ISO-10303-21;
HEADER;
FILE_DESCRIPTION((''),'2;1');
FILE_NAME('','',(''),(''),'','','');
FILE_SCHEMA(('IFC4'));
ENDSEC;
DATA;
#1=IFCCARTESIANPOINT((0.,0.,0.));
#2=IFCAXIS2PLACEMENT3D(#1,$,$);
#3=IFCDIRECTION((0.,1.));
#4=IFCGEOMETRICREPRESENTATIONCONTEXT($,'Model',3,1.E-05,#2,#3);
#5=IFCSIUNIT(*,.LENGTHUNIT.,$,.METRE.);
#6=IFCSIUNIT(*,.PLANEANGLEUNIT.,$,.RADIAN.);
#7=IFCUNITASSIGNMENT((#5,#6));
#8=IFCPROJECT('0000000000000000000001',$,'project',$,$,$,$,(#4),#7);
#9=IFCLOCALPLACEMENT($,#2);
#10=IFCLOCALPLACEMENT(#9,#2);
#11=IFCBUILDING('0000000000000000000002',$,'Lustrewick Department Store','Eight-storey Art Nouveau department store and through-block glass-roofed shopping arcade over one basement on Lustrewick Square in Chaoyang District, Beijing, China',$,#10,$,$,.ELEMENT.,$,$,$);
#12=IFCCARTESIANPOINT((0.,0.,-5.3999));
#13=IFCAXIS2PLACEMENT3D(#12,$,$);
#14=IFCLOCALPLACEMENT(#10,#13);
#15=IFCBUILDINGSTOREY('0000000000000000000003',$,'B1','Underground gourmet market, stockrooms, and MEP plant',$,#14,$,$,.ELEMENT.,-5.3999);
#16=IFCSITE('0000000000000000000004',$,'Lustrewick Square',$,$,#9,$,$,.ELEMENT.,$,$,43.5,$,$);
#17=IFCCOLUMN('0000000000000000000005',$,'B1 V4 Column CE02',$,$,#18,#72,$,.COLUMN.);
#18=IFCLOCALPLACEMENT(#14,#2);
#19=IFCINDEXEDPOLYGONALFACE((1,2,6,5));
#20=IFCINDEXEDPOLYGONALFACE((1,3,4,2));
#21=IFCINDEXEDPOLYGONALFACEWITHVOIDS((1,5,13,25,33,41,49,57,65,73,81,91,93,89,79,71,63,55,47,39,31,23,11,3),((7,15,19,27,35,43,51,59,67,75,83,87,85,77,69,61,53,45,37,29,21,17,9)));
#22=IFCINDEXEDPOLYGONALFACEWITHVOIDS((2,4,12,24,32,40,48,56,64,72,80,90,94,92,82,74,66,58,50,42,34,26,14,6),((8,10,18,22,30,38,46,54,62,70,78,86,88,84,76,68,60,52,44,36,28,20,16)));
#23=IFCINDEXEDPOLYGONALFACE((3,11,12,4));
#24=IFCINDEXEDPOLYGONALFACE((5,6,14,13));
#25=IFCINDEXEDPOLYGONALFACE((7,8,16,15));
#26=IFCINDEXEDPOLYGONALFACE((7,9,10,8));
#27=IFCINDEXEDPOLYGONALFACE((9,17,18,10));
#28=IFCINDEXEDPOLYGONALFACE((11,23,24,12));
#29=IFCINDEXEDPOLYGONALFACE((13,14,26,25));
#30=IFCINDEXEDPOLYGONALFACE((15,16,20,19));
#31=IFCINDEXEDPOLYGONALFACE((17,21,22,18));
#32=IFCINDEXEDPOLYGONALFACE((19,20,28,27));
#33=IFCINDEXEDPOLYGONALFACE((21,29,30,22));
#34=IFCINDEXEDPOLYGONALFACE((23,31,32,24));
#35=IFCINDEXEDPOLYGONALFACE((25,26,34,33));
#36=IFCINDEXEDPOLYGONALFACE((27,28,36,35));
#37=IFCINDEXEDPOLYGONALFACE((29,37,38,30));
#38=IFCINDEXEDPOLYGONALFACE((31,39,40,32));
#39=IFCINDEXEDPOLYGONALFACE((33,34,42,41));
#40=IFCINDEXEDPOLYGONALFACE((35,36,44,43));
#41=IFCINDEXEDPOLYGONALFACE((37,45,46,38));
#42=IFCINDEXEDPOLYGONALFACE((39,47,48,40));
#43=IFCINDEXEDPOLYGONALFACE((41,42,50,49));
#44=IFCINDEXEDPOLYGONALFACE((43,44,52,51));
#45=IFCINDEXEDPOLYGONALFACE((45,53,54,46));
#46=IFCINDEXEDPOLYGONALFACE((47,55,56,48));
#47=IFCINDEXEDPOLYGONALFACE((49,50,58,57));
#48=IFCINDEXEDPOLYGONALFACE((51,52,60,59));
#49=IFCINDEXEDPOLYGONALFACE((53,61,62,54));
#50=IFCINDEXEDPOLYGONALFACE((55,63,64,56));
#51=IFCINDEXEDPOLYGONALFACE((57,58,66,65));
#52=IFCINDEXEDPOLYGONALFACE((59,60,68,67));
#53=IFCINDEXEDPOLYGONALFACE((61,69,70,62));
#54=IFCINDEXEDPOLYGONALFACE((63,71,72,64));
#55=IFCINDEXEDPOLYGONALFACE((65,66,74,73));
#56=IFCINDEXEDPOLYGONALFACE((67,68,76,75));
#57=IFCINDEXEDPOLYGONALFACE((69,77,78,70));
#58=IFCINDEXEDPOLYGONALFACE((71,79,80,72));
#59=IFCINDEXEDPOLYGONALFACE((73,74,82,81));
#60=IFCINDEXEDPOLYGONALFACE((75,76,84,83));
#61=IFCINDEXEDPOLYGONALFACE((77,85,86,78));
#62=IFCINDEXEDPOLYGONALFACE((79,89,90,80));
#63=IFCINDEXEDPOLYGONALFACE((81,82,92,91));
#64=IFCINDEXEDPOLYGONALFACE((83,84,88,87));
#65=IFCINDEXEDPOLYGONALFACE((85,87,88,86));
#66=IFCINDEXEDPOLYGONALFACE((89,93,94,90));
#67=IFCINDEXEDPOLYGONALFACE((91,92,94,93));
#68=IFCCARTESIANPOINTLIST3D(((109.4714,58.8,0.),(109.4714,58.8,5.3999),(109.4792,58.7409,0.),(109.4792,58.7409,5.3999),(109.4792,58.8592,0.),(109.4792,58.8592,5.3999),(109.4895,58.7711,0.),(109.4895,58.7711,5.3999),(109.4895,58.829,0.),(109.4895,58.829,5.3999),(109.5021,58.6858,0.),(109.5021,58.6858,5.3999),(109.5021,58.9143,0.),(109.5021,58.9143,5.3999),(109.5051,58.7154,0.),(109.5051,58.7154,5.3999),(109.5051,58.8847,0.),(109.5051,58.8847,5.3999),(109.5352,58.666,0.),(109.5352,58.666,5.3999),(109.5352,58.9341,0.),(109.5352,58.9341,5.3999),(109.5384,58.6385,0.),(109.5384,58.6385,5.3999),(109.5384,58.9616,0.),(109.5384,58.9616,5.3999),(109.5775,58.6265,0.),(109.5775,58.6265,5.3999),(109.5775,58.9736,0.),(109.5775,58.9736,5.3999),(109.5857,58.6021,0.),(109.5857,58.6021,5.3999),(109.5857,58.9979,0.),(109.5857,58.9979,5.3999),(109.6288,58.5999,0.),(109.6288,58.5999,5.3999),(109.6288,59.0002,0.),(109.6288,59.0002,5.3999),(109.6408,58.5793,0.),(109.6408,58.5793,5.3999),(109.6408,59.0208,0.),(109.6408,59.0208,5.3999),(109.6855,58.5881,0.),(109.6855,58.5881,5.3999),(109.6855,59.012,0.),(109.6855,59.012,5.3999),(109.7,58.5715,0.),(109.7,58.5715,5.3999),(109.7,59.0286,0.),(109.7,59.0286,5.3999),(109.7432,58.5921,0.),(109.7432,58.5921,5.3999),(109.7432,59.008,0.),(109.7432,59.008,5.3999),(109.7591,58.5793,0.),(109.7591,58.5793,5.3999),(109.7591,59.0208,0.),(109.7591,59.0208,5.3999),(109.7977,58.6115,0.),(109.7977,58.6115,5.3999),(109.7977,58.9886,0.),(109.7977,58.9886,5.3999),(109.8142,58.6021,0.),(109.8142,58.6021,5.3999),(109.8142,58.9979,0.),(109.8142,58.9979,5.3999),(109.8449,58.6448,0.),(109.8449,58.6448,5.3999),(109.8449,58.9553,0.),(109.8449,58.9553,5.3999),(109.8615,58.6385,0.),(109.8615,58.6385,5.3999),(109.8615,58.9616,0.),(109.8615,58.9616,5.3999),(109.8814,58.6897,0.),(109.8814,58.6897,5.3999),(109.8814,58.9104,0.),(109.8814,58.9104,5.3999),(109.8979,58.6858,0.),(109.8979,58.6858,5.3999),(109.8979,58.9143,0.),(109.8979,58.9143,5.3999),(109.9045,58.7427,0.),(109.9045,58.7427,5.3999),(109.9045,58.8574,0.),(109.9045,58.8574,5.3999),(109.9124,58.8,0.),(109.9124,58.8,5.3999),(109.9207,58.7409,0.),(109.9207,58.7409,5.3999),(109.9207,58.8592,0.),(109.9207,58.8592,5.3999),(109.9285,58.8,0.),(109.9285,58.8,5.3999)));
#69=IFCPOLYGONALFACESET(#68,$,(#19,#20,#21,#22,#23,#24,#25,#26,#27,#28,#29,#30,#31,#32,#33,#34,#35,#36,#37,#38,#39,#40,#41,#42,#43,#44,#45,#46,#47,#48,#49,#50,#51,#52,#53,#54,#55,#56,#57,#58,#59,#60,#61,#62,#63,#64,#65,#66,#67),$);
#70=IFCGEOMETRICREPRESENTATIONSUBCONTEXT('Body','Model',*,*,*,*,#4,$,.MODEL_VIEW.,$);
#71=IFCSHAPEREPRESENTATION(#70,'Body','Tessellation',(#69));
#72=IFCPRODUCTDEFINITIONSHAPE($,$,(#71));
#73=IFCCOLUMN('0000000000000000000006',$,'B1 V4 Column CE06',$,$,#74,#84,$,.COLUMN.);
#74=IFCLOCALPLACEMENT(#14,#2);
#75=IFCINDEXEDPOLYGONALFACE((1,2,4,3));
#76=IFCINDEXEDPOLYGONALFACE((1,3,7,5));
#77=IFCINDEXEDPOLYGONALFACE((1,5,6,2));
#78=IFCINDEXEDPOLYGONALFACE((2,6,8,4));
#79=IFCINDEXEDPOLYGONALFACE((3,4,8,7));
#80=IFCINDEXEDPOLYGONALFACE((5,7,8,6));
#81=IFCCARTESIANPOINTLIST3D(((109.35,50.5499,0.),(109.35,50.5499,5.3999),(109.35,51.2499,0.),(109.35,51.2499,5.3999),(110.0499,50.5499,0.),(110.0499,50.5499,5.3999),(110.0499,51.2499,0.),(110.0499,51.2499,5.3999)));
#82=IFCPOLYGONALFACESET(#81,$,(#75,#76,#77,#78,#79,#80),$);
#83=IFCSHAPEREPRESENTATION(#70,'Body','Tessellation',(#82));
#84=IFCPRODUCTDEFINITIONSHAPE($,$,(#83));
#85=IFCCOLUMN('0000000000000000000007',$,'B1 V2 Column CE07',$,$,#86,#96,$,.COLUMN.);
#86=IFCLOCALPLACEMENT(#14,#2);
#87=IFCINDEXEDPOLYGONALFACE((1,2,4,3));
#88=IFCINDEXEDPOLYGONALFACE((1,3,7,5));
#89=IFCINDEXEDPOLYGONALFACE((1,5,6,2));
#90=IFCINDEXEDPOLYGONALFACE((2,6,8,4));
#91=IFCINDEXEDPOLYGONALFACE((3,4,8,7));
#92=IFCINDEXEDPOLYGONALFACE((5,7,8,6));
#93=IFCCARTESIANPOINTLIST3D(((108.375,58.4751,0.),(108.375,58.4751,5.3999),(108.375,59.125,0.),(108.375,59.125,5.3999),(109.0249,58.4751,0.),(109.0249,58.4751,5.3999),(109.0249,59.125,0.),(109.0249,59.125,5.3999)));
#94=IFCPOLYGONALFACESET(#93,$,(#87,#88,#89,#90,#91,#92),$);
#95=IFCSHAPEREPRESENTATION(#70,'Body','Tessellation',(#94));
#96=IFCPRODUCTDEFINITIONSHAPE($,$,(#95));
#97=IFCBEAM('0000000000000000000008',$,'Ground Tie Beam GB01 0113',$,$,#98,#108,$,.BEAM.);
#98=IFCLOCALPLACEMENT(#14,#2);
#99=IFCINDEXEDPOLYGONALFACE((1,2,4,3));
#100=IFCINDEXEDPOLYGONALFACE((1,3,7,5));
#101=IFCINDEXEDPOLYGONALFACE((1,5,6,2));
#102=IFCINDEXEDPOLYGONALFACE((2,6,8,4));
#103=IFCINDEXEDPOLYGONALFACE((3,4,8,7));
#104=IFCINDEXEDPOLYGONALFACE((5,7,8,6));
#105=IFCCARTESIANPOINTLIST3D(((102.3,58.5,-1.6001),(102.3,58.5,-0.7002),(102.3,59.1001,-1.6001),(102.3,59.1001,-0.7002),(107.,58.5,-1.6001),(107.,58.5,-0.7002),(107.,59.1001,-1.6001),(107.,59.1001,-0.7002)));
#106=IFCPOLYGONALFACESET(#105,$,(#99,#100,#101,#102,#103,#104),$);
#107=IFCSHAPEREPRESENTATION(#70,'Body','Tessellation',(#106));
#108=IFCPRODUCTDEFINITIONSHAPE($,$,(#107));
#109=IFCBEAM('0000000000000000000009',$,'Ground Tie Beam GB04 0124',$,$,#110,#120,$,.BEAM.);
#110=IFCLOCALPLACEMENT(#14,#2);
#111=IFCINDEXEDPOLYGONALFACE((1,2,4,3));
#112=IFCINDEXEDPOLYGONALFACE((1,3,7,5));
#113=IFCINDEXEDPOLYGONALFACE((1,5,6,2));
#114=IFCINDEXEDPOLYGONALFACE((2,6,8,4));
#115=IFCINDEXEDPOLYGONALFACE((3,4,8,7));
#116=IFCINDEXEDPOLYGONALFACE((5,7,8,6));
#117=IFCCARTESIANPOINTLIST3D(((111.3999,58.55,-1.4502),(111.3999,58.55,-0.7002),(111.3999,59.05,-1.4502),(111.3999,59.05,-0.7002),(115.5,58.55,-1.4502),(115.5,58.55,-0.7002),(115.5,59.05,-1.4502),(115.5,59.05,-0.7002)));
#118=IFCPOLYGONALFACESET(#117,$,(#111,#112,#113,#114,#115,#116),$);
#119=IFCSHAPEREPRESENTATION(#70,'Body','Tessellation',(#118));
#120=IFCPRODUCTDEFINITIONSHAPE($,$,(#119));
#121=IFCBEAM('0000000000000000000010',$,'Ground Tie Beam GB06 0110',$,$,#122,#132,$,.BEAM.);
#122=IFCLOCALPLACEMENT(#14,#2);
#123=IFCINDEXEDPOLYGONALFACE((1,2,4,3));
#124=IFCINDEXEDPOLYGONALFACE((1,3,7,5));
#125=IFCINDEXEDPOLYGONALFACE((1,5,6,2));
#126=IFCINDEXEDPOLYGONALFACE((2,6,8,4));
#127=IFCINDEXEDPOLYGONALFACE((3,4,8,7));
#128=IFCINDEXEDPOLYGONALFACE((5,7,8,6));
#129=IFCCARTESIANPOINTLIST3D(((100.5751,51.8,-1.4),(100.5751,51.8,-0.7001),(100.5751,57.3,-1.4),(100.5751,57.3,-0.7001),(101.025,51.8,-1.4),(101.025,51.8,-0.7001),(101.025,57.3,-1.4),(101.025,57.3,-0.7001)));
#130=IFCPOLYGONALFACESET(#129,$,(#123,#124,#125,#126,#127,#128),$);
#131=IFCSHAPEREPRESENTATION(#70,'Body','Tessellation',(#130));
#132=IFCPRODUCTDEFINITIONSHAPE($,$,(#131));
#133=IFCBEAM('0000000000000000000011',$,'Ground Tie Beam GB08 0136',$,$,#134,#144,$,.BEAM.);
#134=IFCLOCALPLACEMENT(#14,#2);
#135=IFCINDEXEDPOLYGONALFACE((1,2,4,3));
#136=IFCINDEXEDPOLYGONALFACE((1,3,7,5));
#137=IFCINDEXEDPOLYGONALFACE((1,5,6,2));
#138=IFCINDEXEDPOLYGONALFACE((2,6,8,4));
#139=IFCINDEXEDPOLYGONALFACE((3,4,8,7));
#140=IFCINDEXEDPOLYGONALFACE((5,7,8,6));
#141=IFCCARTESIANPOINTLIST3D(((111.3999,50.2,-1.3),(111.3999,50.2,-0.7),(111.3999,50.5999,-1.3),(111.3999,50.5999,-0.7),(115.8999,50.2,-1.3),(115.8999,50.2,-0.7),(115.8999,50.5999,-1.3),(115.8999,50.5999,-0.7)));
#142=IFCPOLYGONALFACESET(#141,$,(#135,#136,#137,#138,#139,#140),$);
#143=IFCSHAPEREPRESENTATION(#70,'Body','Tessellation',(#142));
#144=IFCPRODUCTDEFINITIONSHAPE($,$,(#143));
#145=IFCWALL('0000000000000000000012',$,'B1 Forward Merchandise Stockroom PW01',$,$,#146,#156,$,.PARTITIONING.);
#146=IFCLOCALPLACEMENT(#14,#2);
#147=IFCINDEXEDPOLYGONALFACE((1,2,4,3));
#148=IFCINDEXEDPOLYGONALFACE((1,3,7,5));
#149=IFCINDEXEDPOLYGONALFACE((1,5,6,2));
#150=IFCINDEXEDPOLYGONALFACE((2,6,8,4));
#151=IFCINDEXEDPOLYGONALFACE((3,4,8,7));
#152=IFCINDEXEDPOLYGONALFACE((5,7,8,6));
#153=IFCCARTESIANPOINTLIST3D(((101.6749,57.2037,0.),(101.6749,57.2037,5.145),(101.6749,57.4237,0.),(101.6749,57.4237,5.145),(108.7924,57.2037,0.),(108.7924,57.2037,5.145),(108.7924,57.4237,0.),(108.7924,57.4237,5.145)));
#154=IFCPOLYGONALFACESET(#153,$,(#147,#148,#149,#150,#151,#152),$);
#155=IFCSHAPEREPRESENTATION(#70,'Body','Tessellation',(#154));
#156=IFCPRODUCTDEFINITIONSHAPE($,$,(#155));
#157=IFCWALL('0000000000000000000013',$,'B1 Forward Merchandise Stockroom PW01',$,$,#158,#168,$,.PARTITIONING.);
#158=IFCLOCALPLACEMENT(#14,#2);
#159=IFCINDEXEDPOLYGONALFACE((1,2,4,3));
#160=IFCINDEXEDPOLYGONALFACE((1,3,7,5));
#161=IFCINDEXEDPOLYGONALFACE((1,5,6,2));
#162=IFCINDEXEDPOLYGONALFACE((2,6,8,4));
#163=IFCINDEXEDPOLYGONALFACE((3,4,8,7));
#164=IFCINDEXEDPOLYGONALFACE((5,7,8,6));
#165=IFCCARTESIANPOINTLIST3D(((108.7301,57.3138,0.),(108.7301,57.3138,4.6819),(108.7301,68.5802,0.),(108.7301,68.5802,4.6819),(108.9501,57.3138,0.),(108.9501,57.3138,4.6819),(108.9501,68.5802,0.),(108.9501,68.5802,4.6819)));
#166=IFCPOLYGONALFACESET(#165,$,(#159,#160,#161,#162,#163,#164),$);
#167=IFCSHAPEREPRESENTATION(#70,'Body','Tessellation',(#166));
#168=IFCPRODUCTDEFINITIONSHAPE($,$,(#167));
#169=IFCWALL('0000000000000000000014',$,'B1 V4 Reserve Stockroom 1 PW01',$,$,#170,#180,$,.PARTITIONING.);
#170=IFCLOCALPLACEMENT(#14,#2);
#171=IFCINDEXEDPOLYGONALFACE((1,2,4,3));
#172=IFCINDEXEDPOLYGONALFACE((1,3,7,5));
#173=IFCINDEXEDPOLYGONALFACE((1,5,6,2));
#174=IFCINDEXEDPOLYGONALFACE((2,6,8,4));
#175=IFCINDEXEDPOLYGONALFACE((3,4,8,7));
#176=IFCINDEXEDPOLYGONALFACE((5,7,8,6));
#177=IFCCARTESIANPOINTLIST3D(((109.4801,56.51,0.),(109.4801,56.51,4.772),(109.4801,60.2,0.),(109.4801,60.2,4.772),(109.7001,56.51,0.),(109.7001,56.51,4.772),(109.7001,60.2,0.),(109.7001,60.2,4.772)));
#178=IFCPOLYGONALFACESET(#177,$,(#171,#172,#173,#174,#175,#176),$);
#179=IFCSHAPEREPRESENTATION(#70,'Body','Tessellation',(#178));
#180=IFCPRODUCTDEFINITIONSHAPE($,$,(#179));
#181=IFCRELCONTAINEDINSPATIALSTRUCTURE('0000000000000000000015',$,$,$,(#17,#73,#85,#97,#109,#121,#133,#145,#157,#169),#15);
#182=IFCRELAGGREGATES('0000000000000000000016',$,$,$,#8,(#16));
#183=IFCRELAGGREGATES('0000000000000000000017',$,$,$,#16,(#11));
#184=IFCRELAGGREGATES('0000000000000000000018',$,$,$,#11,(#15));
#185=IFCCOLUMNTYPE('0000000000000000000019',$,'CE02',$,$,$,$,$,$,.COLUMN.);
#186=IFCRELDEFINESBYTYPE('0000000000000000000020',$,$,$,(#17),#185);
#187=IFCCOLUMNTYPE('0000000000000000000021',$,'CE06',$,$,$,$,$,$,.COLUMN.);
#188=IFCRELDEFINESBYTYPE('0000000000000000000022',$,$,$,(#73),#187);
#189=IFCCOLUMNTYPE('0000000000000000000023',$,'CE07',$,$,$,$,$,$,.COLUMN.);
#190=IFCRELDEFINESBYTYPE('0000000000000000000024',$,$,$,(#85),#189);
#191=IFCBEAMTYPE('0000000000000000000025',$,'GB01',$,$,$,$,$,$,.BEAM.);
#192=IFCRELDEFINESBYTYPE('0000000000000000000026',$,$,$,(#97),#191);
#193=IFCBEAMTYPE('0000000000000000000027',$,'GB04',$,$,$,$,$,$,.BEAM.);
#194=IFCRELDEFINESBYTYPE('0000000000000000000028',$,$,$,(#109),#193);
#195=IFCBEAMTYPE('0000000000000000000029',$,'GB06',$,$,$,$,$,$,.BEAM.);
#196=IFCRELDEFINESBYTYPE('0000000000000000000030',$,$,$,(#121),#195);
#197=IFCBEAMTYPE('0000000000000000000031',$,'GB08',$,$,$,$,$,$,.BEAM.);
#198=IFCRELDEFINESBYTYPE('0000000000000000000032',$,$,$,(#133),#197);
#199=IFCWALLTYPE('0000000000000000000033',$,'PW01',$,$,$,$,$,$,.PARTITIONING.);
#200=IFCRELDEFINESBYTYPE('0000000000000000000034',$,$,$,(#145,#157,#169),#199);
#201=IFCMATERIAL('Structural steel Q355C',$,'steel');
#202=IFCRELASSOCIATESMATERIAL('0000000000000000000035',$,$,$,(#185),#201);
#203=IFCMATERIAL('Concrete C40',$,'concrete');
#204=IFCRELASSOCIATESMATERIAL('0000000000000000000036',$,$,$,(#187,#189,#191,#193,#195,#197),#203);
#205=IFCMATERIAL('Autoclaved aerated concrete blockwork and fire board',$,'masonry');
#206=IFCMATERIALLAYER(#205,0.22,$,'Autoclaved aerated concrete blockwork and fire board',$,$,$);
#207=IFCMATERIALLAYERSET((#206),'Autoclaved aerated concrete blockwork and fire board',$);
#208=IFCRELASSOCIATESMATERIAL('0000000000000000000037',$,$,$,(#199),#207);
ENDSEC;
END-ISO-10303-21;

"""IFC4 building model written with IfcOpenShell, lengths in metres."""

from ifc_helpers import new_model, si_unit, direction, frame, frame_2d, origin, origin_2d, place, context, subcontext, project, spatial, rectangle, hollow_circle, extrude, material, layer, layer_set, material_profile, profile_set, type_object, element, save


model = new_model("IFC4")

# Units and contexts
model_context = context("Model", 3, precision=1e-05, world=origin(), true_north=direction((0.0, 1.0)))
body_context = subcontext(model_context, "Body", "Model", "MODEL_VIEW")
ifc_project = project(units=[si_unit("LENGTHUNIT", "METRE"), si_unit("PLANEANGLEUNIT", "RADIAN")], contexts=[model_context])

# Site, building, storey
site_placement = place(None, origin())
site = spatial("IfcSite", under=ifc_project, at=site_placement, Name="Lustrewick Square", CompositionType="ELEMENT", RefElevation=43.5)
building_placement = place(site_placement, origin())
building = spatial("IfcBuilding", under=site, at=building_placement, Name="Lustrewick Department Store", Description="Eight-storey Art Nouveau department store and through-block glass-roofed shopping arcade over one basement on Lustrewick Square in Chaoyang District, Beijing, China", CompositionType="ELEMENT")
storey_placement = place(building_placement, frame((0.0, 0.0, -5.3999)))
storey = spatial("IfcBuildingStorey", under=building, at=storey_placement, Name="B1", Description="Underground gourmet market, stockrooms, and MEP plant", CompositionType="ELEMENT", Elevation=-5.3999)

# Shared definitions
ifc_material_1 = material(Name="Concrete C40", Category="concrete")

# Columns
ifc_material_2 = material(Name="Structural steel Q355C", Category="steel")
ifc_material_profile_1 = material_profile(ifc_material_2, hollow_circle(Radius=0.2285, WallThickness=0.0161, at=origin_2d()), Name="CHS 457x16")
ifc_profile_set_1 = profile_set([ifc_material_profile_1], Name="Structural steel Q355C")
column_type_1 = type_object("IfcColumnType", Name="CE02", PredefinedType="COLUMN", material=ifc_profile_set_1)
column_1_placement = place(storey_placement, frame((109.7, 58.8, 0.0), z_axis=(0.0, 0.0, 1.0), x_axis=(1.0, 0.0, 0.0)))
element("IfcColumn", 1, at=column_1_placement, inside=storey, type_object=column_type_1, Name="B1 V4 Column CE02", PredefinedType="COLUMN", context=body_context, shape_type="SweptSolid", body=[
    extrude(hollow_circle(Radius=0.2285, WallThickness=0.0161, at=origin_2d()), origin(), (0.0, 0.0, 1.0), 5.3999),
])
ifc_material_profile_2 = material_profile(ifc_material_1, rectangle(XDim=0.7, YDim=0.7, at=origin_2d()), Name="RC 700x700")
ifc_profile_set_2 = profile_set([ifc_material_profile_2], Name="Concrete C40")
column_type_2 = type_object("IfcColumnType", Name="CE06", PredefinedType="COLUMN", material=ifc_profile_set_2)
column_2_placement = place(storey_placement, frame((109.7, 50.8999, 0.0), z_axis=(0.0, 0.0, 1.0), x_axis=(1.0, 0.0, 0.0)))
element("IfcColumn", 2, at=column_2_placement, inside=storey, type_object=column_type_2, Name="B1 V4 Column CE06", PredefinedType="COLUMN", context=body_context, shape_type="SweptSolid", body=[
    extrude(rectangle(XDim=0.7, YDim=0.7, at=origin_2d()), origin(), (0.0, 0.0, 1.0), 5.3999),
])
ifc_material_profile_3 = material_profile(ifc_material_1, rectangle(XDim=0.6499, YDim=0.6499, at=origin_2d()), Name="RC 650x650")
ifc_profile_set_3 = profile_set([ifc_material_profile_3], Name="Concrete C40")
column_type_3 = type_object("IfcColumnType", Name="CE07", PredefinedType="COLUMN", material=ifc_profile_set_3)
column_3_placement = place(storey_placement, frame((108.7, 58.8, 0.0), z_axis=(0.0, 0.0, 1.0), x_axis=(1.0, 0.0, 0.0)))
element("IfcColumn", 3, at=column_3_placement, inside=storey, type_object=column_type_3, Name="B1 V2 Column CE07", PredefinedType="COLUMN", context=body_context, shape_type="SweptSolid", body=[
    extrude(rectangle(XDim=0.6499, YDim=0.6499, at=origin_2d()), origin(), (0.0, 0.0, 1.0), 5.3999),
])

# Beams
ifc_material_profile_4 = material_profile(ifc_material_1, rectangle(XDim=0.6001, YDim=0.8999, at=origin_2d()), Name="RC 600x900")
ifc_profile_set_4 = profile_set([ifc_material_profile_4], Name="Concrete C40")
beam_type_1 = type_object("IfcBeamType", Name="GB01", PredefinedType="BEAM", material=ifc_profile_set_4)
beam_1_placement = place(storey_placement, frame((102.3, 58.8, -1.1501), z_axis=(1.0, 0.0, 0.0), x_axis=(0.0, 1.0, 0.0)))
element("IfcBeam", 4, at=beam_1_placement, inside=storey, type_object=beam_type_1, Name="Ground Tie Beam GB01 0113", PredefinedType="BEAM", context=body_context, shape_type="SweptSolid", body=[
    extrude(rectangle(XDim=0.6001, YDim=0.8999, at=origin_2d()), origin(), (0.0, 0.0, 1.0), 4.7),
])
ifc_material_profile_5 = material_profile(ifc_material_1, rectangle(XDim=0.5, YDim=0.75, at=origin_2d()), Name="RC 500x750")
ifc_profile_set_5 = profile_set([ifc_material_profile_5], Name="Concrete C40")
beam_type_2 = type_object("IfcBeamType", Name="GB04", PredefinedType="BEAM", material=ifc_profile_set_5)
beam_2_placement = place(storey_placement, frame((111.3999, 58.8, -1.0752), z_axis=(1.0, 0.0, 0.0), x_axis=(0.0, 1.0, 0.0)))
element("IfcBeam", 5, at=beam_2_placement, inside=storey, type_object=beam_type_2, Name="Ground Tie Beam GB04 0124", PredefinedType="BEAM", context=body_context, shape_type="SweptSolid", body=[
    extrude(rectangle(XDim=0.5, YDim=0.75, at=origin_2d()), origin(), (0.0, 0.0, 1.0), 4.1001),
])
ifc_material_profile_6 = material_profile(ifc_material_1, rectangle(XDim=0.45, YDim=0.7, at=origin_2d()), Name="RC 450x700")
ifc_profile_set_6 = profile_set([ifc_material_profile_6], Name="Concrete C40")
beam_type_3 = type_object("IfcBeamType", Name="GB06", PredefinedType="BEAM", material=ifc_profile_set_6)
beam_3_placement = place(storey_placement, frame((100.8, 51.8, -1.05), z_axis=(0.0, 1.0, 0.0), x_axis=(-1.0, 0.0, 0.0)))
element("IfcBeam", 6, at=beam_3_placement, inside=storey, type_object=beam_type_3, Name="Ground Tie Beam GB06 0110", PredefinedType="BEAM", context=body_context, shape_type="SweptSolid", body=[
    extrude(rectangle(XDim=0.45, YDim=0.7, at=origin_2d()), origin(), (0.0, 0.0, 1.0), 5.5),
])
ifc_material_profile_7 = material_profile(ifc_material_1, rectangle(XDim=0.3999, YDim=0.6001, at=origin_2d()), Name="RC 400x600")
ifc_profile_set_7 = profile_set([ifc_material_profile_7], Name="Concrete C40")
beam_type_4 = type_object("IfcBeamType", Name="GB08", PredefinedType="BEAM", material=ifc_profile_set_7)
beam_4_placement = place(storey_placement, frame((111.3999, 50.3999, -1.0), z_axis=(1.0, 0.0, 0.0), x_axis=(0.0, 1.0, 0.0)))
element("IfcBeam", 7, at=beam_4_placement, inside=storey, type_object=beam_type_4, Name="Ground Tie Beam GB08 0136", PredefinedType="BEAM", context=body_context, shape_type="SweptSolid", body=[
    extrude(rectangle(XDim=0.3999, YDim=0.6001, at=origin_2d()), origin(), (0.0, 0.0, 1.0), 4.5),
])

# Walls
ifc_material_3 = material(Name="Autoclaved aerated concrete blockwork and fire board", Category="masonry")
ifc_layer_1 = layer(ifc_material_3, 0.22, Name="Autoclaved aerated concrete blockwork and fire board")
ifc_layer_set_1 = layer_set([ifc_layer_1], Name="Autoclaved aerated concrete blockwork and fire board")
wall_type_1 = type_object("IfcWallType", Name="PW01", PredefinedType="PARTITIONING", material=ifc_layer_set_1)
wall_1_placement = place(storey_placement, frame((101.675, 57.3137, 0.0), z_axis=(0.0, 0.0, 1.0), x_axis=(1.0, 0.0, 0.0)))
element("IfcWall", 8, at=wall_1_placement, inside=storey, type_object=wall_type_1, Name="B1 Forward Merchandise Stockroom PW01", PredefinedType="PARTITIONING", context=body_context, shape_type="SweptSolid", body=[
    extrude(rectangle(XDim=7.1174, YDim=0.22, at=frame_2d((3.5586, 0.0))), origin(), (0.0, 0.0, 1.0), 5.145),
])
wall_2_placement = place(storey_placement, frame((108.8401, 57.3137, 0.0), z_axis=(0.0, 0.0, 1.0), x_axis=(0.0, 1.0, 0.0)))
element("IfcWall", 9, at=wall_2_placement, inside=storey, type_object=wall_type_1, Name="B1 Forward Merchandise Stockroom PW01", PredefinedType="PARTITIONING", context=body_context, shape_type="SweptSolid", body=[
    extrude(rectangle(XDim=11.2664, YDim=0.22, at=frame_2d((5.6333, 0.0))), origin(), (0.0, 0.0, 1.0), 4.6819),
])
wall_3_placement = place(storey_placement, frame((109.5901, 56.51, 0.0), z_axis=(0.0, 0.0, 1.0), x_axis=(0.0, 1.0, 0.0)))
element("IfcWall", 10, at=wall_3_placement, inside=storey, type_object=wall_type_1, Name="B1 V4 Reserve Stockroom 1 PW01", PredefinedType="PARTITIONING", context=body_context, shape_type="SweptSolid", body=[
    extrude(rectangle(XDim=3.6899, YDim=0.22, at=frame_2d((1.845, 0.0))), origin(), (0.0, 0.0, 1.0), 4.772),
])

save(model, "model.ifc")
